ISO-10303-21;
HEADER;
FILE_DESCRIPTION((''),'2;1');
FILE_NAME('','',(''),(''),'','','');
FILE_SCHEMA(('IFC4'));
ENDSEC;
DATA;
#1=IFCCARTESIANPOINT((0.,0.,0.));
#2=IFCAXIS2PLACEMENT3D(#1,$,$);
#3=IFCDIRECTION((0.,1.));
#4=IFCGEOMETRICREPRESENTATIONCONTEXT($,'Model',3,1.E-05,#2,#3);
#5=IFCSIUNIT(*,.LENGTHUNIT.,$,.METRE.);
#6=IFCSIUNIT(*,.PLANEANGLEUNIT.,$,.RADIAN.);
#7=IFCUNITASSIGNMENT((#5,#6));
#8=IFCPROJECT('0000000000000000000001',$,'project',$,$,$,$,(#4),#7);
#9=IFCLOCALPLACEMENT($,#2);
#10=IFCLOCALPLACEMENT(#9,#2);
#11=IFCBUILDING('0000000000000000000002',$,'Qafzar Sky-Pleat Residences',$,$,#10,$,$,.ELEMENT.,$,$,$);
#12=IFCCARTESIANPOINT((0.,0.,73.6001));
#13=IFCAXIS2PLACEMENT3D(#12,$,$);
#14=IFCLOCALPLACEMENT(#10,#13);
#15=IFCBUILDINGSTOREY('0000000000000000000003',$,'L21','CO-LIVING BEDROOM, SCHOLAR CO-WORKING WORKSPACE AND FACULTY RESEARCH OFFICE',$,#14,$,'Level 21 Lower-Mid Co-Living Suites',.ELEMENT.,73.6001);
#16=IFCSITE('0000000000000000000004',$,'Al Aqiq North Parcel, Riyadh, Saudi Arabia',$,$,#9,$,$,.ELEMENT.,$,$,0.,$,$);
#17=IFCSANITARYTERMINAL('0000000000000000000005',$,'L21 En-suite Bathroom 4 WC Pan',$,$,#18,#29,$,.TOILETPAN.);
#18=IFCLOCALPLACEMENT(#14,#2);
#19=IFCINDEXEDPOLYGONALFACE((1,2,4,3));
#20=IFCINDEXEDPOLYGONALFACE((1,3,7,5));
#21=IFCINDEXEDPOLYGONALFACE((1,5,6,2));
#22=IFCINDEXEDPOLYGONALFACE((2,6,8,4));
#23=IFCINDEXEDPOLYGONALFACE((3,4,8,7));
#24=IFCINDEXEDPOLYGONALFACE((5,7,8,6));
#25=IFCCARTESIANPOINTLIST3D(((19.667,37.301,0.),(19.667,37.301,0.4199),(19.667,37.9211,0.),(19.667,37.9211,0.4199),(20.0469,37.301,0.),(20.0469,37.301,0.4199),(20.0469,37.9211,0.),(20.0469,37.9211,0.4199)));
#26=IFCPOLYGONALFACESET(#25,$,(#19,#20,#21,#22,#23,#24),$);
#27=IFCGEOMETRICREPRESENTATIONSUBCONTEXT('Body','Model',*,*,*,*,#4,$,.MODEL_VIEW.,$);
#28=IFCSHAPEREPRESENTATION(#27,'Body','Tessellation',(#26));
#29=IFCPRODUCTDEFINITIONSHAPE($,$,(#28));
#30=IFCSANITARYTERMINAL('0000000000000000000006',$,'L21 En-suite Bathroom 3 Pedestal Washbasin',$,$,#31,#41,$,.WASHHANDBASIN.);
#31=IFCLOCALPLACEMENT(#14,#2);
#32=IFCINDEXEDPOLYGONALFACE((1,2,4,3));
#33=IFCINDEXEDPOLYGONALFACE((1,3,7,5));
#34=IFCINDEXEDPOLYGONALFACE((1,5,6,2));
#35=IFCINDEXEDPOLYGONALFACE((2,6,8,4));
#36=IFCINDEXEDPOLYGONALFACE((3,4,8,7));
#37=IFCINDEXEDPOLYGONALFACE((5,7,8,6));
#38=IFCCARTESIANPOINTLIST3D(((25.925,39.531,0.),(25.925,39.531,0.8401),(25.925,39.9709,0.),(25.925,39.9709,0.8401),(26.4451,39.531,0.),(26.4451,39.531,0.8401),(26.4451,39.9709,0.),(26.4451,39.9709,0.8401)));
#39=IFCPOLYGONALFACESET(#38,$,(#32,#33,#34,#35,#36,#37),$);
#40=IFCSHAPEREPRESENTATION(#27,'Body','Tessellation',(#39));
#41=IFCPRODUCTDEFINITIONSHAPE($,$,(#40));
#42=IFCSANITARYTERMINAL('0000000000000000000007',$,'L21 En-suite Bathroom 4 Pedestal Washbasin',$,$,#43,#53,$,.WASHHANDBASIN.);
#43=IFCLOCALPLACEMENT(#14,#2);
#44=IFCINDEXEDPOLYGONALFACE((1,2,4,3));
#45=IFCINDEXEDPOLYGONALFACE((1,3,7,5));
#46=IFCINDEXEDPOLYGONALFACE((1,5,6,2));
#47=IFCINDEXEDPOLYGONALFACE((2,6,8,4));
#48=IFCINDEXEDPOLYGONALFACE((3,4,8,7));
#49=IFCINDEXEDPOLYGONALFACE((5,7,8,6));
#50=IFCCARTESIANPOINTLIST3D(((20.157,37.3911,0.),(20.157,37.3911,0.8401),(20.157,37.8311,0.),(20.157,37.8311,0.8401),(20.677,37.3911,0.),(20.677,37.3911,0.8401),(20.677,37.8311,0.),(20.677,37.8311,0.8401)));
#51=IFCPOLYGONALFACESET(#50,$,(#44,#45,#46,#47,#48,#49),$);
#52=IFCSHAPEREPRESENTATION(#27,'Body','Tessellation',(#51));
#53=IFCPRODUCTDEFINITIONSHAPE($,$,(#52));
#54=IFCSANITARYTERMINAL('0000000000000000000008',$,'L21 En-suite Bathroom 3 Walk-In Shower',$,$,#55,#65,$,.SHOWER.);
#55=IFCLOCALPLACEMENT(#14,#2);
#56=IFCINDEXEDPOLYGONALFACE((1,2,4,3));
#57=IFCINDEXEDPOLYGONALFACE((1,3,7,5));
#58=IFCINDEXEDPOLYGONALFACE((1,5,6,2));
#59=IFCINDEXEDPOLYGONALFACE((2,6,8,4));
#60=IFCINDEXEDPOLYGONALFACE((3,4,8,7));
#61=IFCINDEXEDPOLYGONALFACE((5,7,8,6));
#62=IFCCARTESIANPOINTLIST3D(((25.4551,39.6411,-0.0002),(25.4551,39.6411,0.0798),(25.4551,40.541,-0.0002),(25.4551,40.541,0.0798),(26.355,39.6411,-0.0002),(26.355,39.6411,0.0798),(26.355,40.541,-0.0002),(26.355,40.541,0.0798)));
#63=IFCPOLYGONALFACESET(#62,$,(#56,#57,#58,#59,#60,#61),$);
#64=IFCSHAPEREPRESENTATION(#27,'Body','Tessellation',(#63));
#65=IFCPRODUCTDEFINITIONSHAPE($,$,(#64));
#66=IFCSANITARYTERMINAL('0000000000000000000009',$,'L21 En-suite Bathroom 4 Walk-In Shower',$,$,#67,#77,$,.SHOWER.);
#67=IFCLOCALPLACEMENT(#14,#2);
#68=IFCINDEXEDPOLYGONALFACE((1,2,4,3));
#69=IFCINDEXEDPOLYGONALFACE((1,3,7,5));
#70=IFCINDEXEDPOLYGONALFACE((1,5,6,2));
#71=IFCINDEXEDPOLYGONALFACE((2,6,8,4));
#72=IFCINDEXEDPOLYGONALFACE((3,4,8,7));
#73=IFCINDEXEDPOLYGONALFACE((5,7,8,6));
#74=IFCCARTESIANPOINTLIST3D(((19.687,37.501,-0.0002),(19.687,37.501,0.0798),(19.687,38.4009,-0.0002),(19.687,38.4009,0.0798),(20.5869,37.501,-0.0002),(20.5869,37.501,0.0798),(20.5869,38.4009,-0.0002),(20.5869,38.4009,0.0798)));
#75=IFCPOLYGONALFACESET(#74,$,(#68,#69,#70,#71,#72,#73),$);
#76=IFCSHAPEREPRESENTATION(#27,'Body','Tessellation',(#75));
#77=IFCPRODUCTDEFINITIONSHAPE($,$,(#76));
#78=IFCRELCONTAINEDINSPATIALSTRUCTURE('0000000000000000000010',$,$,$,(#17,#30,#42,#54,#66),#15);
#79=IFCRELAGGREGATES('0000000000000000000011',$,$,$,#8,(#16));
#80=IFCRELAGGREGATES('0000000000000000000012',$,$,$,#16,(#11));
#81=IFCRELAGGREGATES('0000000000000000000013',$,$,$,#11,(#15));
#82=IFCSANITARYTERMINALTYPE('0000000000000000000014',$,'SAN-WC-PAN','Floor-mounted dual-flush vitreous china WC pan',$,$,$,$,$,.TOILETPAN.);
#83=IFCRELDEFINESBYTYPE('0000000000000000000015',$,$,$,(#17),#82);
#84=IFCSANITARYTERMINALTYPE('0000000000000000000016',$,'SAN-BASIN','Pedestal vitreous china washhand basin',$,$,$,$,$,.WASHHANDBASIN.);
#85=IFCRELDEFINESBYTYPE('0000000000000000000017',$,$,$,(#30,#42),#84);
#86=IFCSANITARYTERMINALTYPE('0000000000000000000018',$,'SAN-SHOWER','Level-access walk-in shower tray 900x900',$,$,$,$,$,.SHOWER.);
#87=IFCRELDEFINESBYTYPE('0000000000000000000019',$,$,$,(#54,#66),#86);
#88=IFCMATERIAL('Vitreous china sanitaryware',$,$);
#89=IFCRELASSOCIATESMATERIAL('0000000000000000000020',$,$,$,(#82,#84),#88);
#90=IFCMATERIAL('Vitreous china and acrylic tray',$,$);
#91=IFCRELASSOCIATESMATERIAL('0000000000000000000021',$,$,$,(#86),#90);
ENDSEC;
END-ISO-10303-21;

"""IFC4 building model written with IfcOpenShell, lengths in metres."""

from ifc_helpers import new_model, si_unit, direction, frame, origin, origin_2d, place, context, subcontext, project, spatial, rectangle, extrude, source, transform, mapped, material, type_object, element, save


model = new_model("IFC4")

# Units and contexts
model_context = context("Model", 3, precision=1e-05, world=origin(), true_north=direction((0.0, 1.0)))
body_context = subcontext(model_context, "Body", "Model", "MODEL_VIEW")
ifc_project = project(units=[si_unit("LENGTHUNIT", "METRE"), si_unit("PLANEANGLEUNIT", "RADIAN")], contexts=[model_context])

# Site, building, storey
site_placement = place(None, origin())
site = spatial("IfcSite", under=ifc_project, at=site_placement, Name="Al Aqiq North Parcel, Riyadh, Saudi Arabia", CompositionType="ELEMENT", RefElevation=0.0)
building_placement = place(site_placement, origin())
building = spatial("IfcBuilding", under=site, at=building_placement, Name="Qafzar Sky-Pleat Residences", CompositionType="ELEMENT")
storey_placement = place(building_placement, frame((0.0, 0.0, 73.6001)))
storey = spatial("IfcBuildingStorey", under=building, at=storey_placement, Name="L21", Description="CO-LIVING BEDROOM, SCHOLAR CO-WORKING WORKSPACE AND FACULTY RESEARCH OFFICE", LongName="Level 21 Lower-Mid Co-Living Suites", CompositionType="ELEMENT", Elevation=73.6001)

# Sanitary terminals
ifc_material_1 = material(Name="Vitreous china sanitaryware")
sanitary_terminal_type_1 = type_object("IfcSanitaryTerminalType", Name="SAN-WC-PAN", Description="Floor-mounted dual-flush vitreous china WC pan", PredefinedType="TOILETPAN", material=ifc_material_1)
shared_shape_1 = source(origin(), body_context, "Body", "SweptSolid", [
    extrude(rectangle(XDim=0.3799, YDim=0.6201, at=origin_2d()), origin(), (0.0, 0.0, 1.0), 0.4199),
])
for number, where, z_axis, x_axis, name in (
    (1, (19.8569, 37.6111, 0.0), (0.0, 0.0, 1.0), (1.0, 0.0, 0.0), "L21 En-suite Bathroom 4 WC Pan"),
):
    element("IfcSanitaryTerminal", number, at=place(storey_placement, frame(where, z_axis=z_axis, x_axis=x_axis)), inside=storey, type_object=sanitary_terminal_type_1, Name=name, PredefinedType="TOILETPAN", context=body_context, shape_type="MappedRepresentation", body=[
        mapped(shared_shape_1, transform((0.0, 0.0, 0.0), x_axis=(1.0, 0.0, 0.0), y_axis=(0.0, 1.0, 0.0), z_axis=(0.0, 0.0, 1.0), scale=1.0)),
    ])
sanitary_terminal_type_2 = type_object("IfcSanitaryTerminalType", Name="SAN-BASIN", Description="Pedestal vitreous china washhand basin", PredefinedType="WASHHANDBASIN", material=ifc_material_1)
shared_shape_2 = source(origin(), body_context, "Body", "SweptSolid", [
    extrude(rectangle(XDim=0.52, YDim=0.4399, at=origin_2d()), origin(), (0.0, 0.0, 1.0), 0.8401),
])
for number, where, z_axis, x_axis, name in (
    (2, (26.1851, 39.751, 0.0), (0.0, 0.0, 1.0), (1.0, 0.0, 0.0), "L21 En-suite Bathroom 3 Pedestal Washbasin"),
    (3, (20.417, 37.6111, 0.0), (0.0, 0.0, 1.0), (1.0, 0.0, 0.0), "L21 En-suite Bathroom 4 Pedestal Washbasin"),
):
    element("IfcSanitaryTerminal", number, at=place(storey_placement, frame(where, z_axis=z_axis, x_axis=x_axis)), inside=storey, type_object=sanitary_terminal_type_2, Name=name, PredefinedType="WASHHANDBASIN", context=body_context, shape_type="MappedRepresentation", body=[
        mapped(shared_shape_2, transform((0.0, 0.0, 0.0), x_axis=(1.0, 0.0, 0.0), y_axis=(0.0, 1.0, 0.0), z_axis=(0.0, 0.0, 1.0), scale=1.0)),
    ])
ifc_material_2 = material(Name="Vitreous china and acrylic tray")
sanitary_terminal_type_3 = type_object("IfcSanitaryTerminalType", Name="SAN-SHOWER", Description="Level-access walk-in shower tray 900x900", PredefinedType="SHOWER", material=ifc_material_2)
shared_shape_3 = source(origin(), body_context, "Body", "SweptSolid", [
    extrude(rectangle(XDim=0.8999, YDim=0.8999, at=origin_2d()), origin(), (0.0, 0.0, 1.0), 0.0801),
])
for number, where, z_axis, x_axis, name in (
    (4, (25.905, 40.0911, -0.0002), (0.0, 0.0, 1.0), (1.0, 0.0, 0.0), "L21 En-suite Bathroom 3 Walk-In Shower"),
    (5, (20.137, 37.9509, -0.0002), (0.0, 0.0, 1.0), (1.0, 0.0, 0.0), "L21 En-suite Bathroom 4 Walk-In Shower"),
):
    element("IfcSanitaryTerminal", number, at=place(storey_placement, frame(where, z_axis=z_axis, x_axis=x_axis)), inside=storey, type_object=sanitary_terminal_type_3, Name=name, PredefinedType="SHOWER", context=body_context, shape_type="MappedRepresentation", body=[
        mapped(shared_shape_3, transform((0.0, 0.0, 0.0), x_axis=(1.0, 0.0, 0.0), y_axis=(0.0, 1.0, 0.0), z_axis=(0.0, 0.0, 1.0), scale=1.0)),
    ])

save(model, "model.ifc")
